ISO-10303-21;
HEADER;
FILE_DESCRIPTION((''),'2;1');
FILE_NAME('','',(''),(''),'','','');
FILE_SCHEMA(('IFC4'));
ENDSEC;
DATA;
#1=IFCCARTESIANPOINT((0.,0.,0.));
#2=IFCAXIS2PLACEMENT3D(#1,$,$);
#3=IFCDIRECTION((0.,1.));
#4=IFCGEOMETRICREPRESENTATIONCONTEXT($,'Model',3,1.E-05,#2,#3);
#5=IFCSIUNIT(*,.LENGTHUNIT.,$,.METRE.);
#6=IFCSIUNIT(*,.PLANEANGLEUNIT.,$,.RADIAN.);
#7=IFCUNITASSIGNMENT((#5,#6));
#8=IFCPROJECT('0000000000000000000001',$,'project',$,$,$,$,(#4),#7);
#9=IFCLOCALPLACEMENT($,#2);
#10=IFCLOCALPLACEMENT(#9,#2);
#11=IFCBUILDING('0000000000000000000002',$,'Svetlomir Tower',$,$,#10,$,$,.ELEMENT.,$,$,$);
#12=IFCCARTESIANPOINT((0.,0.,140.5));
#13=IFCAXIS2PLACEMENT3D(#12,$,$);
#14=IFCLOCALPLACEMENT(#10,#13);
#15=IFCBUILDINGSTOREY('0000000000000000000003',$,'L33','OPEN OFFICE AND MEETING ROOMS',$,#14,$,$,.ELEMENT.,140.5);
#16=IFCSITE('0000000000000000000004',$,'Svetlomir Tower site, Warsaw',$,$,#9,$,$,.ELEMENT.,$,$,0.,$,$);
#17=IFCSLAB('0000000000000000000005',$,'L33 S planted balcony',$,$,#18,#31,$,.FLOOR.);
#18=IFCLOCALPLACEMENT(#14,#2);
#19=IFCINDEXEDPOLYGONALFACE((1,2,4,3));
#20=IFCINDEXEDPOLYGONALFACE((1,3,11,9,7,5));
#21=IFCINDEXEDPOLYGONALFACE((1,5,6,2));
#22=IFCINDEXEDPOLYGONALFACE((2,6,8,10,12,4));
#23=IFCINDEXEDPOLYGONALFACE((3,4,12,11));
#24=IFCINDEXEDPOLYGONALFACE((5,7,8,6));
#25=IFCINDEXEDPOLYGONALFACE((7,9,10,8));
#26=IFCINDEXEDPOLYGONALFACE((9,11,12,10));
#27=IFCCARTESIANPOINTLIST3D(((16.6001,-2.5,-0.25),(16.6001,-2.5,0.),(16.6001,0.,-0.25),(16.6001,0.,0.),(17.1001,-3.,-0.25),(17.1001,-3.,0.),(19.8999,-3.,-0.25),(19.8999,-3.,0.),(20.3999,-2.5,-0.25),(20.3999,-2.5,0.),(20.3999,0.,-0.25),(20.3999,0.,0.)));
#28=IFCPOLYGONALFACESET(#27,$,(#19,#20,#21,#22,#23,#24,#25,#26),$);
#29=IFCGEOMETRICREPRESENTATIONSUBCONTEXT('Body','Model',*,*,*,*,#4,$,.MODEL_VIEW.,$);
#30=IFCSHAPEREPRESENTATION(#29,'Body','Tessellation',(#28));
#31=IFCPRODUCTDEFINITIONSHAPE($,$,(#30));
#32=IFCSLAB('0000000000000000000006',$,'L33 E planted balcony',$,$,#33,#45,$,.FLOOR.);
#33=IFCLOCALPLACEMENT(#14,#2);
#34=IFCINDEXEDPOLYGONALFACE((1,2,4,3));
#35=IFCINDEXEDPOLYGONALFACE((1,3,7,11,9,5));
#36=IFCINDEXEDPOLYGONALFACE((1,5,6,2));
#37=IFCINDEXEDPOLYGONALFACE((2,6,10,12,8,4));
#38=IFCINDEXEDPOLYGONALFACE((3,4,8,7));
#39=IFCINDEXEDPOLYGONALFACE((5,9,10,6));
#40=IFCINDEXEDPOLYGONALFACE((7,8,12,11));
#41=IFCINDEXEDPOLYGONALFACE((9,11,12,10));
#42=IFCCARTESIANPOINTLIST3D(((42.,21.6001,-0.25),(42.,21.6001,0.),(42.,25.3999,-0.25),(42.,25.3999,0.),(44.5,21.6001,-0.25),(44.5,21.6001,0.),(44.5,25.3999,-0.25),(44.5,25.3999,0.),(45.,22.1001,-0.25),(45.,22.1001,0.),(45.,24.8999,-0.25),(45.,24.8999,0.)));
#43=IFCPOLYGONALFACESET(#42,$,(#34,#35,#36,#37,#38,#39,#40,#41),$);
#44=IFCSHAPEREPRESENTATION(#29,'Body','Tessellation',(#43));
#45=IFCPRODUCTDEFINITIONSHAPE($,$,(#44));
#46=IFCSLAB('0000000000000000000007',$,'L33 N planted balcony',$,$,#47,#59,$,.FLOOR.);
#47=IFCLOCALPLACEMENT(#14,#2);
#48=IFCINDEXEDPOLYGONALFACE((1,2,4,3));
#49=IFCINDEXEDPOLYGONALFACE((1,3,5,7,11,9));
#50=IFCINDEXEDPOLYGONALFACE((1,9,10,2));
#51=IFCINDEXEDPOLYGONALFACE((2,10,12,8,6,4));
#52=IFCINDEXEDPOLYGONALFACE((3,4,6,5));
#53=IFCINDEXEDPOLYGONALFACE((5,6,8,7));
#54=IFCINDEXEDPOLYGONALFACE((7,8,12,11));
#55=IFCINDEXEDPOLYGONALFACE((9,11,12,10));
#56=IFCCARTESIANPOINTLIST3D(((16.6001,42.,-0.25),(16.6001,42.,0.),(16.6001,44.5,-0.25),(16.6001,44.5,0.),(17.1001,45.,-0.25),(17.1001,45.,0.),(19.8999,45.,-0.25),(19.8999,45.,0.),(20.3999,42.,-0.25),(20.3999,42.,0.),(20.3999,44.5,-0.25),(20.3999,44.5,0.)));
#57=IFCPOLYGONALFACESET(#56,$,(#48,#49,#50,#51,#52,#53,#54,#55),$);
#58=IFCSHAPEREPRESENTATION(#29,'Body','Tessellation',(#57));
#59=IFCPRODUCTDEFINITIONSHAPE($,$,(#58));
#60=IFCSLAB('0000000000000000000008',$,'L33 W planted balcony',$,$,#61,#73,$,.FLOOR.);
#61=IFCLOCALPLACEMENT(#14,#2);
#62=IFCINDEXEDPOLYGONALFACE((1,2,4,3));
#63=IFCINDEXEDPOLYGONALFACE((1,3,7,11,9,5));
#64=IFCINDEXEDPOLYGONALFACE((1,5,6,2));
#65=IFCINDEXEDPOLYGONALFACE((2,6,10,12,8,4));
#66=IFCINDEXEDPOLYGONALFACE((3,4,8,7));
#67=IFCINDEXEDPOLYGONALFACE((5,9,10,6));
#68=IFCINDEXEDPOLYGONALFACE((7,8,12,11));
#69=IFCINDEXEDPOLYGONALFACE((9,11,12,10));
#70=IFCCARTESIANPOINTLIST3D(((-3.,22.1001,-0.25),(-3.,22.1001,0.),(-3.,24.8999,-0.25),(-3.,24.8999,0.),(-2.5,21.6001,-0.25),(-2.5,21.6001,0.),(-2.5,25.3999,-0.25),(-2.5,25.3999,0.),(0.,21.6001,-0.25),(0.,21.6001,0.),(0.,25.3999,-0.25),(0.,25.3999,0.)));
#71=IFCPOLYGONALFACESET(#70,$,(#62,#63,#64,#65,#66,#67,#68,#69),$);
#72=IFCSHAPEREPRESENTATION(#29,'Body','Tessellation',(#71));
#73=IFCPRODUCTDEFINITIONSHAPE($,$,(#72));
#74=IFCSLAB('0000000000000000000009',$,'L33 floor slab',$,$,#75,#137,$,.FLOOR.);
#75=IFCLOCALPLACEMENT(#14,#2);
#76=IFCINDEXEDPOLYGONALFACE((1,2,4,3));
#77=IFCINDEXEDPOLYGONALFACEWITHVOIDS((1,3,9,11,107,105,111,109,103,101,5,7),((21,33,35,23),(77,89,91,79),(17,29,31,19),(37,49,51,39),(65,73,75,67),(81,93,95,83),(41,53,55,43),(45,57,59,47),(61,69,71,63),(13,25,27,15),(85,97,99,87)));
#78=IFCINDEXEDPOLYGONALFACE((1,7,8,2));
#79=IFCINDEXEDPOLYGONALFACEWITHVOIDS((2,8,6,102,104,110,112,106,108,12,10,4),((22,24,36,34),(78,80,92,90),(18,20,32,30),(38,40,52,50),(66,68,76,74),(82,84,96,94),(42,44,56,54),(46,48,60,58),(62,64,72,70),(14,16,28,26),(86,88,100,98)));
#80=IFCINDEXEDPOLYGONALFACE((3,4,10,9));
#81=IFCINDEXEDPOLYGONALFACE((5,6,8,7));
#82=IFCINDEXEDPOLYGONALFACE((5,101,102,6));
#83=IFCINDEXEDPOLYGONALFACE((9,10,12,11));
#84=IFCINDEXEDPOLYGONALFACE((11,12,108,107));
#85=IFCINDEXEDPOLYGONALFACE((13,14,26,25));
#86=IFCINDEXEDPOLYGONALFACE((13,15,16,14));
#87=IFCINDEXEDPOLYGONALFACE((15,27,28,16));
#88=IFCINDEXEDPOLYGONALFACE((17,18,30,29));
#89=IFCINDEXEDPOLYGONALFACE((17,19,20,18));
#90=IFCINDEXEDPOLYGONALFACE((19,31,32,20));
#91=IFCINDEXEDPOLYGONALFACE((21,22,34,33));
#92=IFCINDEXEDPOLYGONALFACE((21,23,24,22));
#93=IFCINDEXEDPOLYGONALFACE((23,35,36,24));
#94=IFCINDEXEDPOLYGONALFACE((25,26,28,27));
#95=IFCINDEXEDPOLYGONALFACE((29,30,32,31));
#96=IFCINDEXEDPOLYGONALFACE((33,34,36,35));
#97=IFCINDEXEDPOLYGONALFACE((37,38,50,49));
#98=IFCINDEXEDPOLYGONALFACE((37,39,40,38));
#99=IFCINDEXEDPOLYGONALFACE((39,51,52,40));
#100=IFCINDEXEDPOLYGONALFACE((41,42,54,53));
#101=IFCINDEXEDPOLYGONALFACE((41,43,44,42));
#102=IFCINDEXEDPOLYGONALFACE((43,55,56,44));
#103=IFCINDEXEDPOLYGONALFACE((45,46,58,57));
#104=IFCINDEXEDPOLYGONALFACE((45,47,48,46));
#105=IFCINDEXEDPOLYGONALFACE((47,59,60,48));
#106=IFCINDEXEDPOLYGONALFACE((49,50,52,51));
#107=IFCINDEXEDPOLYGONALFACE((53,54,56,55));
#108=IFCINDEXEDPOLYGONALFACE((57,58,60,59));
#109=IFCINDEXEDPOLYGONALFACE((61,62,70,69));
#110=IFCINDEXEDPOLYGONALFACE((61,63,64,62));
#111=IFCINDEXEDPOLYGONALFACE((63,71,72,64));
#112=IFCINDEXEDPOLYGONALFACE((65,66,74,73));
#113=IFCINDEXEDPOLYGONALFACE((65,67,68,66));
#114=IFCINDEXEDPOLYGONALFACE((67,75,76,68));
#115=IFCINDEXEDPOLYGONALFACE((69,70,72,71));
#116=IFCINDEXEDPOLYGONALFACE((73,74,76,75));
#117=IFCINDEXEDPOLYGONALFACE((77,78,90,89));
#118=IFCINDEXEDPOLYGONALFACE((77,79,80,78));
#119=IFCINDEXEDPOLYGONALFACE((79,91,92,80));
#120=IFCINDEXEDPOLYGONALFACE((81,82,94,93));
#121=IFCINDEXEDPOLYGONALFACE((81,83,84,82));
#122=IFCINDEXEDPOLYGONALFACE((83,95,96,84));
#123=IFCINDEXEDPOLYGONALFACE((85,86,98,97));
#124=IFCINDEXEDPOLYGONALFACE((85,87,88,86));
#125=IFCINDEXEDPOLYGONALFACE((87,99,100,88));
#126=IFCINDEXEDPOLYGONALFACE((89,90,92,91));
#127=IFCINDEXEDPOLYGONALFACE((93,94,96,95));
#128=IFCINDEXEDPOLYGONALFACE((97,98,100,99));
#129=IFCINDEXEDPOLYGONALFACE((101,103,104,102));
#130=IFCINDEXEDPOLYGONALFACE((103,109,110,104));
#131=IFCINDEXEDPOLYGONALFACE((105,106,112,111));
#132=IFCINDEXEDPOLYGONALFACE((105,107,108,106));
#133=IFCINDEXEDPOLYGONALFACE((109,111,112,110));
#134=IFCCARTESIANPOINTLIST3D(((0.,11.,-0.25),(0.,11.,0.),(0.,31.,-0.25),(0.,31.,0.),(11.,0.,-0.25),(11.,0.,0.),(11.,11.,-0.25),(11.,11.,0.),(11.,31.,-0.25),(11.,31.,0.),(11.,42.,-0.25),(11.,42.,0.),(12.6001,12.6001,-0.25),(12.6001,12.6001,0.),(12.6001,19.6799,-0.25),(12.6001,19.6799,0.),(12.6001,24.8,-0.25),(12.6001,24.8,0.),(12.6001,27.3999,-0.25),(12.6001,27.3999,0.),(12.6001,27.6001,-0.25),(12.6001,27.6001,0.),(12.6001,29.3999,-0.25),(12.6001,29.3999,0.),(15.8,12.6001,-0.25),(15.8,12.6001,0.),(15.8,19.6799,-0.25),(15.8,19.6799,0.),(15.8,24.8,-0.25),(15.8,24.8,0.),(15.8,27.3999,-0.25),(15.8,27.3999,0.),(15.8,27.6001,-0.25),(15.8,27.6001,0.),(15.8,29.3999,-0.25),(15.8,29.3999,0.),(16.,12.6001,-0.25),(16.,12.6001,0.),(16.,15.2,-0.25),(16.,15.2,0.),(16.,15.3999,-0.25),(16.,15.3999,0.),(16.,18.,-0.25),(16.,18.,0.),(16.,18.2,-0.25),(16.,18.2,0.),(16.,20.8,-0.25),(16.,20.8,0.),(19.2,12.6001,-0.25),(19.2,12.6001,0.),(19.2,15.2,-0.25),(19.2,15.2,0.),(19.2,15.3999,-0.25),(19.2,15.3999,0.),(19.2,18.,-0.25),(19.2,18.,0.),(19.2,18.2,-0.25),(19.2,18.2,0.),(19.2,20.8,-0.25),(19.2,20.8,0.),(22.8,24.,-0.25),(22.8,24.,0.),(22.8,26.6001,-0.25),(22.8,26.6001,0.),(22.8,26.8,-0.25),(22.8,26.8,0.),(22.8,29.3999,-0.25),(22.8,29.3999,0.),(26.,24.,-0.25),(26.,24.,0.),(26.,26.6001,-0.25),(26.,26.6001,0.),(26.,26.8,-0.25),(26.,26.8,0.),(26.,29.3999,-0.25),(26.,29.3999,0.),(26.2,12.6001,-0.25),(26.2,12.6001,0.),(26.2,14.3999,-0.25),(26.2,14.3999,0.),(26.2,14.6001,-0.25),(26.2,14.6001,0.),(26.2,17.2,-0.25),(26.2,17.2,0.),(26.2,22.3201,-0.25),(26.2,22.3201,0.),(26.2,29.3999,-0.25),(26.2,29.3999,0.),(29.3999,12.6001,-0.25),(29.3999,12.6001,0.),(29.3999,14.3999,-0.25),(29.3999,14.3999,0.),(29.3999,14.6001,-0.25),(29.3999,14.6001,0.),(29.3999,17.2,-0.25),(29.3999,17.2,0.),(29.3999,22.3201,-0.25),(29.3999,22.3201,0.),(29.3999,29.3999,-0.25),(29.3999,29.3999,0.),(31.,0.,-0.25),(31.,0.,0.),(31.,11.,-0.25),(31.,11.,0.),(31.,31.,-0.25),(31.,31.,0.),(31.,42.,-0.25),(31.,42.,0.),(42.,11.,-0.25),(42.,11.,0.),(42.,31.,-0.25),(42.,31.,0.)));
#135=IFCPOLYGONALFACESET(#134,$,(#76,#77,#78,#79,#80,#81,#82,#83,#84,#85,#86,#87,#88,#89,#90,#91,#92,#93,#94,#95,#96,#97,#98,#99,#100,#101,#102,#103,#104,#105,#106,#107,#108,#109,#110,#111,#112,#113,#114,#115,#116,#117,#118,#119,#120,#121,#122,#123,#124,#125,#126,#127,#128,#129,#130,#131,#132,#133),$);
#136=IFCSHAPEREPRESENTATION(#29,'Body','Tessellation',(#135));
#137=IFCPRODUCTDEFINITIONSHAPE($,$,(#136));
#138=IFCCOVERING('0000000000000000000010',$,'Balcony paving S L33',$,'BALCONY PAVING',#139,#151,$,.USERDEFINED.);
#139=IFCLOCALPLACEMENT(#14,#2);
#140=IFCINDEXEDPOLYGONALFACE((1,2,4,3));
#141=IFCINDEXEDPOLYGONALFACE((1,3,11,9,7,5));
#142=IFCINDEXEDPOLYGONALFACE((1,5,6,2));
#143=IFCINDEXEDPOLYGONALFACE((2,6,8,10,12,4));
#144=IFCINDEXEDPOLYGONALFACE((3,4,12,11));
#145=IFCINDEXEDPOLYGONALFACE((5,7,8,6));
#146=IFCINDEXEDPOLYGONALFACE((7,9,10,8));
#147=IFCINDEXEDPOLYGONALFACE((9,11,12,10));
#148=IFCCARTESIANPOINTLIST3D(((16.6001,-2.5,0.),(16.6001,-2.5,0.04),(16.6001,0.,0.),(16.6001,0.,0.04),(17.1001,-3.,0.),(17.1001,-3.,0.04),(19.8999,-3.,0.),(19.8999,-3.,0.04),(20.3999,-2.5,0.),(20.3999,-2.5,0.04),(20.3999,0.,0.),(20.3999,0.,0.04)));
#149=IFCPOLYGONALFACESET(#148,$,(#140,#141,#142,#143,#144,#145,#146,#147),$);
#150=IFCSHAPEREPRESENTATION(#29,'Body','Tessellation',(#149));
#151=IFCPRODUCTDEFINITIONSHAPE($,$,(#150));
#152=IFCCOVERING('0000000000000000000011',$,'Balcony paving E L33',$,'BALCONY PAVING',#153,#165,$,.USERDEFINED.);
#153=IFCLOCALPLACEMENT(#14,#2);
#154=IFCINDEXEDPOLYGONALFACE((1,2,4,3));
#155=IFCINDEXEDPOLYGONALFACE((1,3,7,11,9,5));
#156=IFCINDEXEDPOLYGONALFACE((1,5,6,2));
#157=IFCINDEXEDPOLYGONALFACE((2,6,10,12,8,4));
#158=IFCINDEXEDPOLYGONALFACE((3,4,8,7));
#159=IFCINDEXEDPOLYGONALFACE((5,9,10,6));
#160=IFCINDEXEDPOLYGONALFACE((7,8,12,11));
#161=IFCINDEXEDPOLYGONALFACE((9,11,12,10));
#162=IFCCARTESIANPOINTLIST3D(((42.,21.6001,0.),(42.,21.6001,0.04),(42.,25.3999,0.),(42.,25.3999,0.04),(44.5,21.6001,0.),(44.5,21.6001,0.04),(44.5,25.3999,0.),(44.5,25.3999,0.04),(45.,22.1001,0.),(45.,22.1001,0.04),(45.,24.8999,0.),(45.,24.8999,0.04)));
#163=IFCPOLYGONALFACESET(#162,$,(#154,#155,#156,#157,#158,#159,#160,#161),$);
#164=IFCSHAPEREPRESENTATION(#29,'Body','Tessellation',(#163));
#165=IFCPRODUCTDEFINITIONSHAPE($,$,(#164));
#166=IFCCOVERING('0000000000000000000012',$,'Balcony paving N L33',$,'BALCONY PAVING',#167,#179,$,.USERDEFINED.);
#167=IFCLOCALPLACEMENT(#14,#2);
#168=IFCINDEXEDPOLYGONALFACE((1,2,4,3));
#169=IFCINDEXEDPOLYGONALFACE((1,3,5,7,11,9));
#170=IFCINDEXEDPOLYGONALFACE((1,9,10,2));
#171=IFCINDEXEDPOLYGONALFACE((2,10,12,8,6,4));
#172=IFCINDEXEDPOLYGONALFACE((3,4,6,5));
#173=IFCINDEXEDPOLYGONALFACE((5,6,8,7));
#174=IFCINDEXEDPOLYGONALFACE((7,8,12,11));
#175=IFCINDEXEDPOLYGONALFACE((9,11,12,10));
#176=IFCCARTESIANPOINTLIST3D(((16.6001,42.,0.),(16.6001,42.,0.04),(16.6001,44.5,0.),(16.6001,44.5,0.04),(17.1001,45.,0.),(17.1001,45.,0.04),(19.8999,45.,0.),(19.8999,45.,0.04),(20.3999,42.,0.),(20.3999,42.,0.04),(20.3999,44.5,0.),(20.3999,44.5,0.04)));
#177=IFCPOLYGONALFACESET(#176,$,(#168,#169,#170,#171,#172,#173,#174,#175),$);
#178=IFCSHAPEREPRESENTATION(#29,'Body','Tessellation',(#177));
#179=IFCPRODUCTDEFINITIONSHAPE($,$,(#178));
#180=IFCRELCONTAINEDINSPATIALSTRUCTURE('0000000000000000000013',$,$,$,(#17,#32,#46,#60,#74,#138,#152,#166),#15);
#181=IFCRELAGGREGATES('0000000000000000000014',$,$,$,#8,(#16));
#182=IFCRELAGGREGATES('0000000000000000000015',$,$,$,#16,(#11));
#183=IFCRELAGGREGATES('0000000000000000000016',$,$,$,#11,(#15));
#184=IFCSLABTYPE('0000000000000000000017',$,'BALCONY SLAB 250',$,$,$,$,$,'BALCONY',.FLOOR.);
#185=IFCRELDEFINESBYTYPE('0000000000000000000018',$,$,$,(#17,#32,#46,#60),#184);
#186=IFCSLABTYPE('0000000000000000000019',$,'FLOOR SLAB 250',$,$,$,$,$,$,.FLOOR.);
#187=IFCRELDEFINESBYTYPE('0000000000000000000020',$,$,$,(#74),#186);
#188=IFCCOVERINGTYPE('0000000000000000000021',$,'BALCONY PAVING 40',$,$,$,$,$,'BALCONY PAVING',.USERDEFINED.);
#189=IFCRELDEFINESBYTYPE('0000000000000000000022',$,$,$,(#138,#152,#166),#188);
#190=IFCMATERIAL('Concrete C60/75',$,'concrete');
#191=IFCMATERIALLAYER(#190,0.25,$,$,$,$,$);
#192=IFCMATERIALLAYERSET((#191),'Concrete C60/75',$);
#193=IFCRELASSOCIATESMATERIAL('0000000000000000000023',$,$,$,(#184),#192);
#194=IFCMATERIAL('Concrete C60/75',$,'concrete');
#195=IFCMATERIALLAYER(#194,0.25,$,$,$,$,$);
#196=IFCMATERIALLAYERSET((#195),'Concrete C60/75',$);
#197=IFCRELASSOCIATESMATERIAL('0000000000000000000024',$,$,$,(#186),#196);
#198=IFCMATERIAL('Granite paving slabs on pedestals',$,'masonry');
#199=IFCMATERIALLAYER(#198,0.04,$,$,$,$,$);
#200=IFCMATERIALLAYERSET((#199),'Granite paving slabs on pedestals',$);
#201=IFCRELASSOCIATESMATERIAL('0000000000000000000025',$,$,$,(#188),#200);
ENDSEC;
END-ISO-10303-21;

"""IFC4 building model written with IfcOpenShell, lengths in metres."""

from ifc_helpers import new_model, si_unit, direction, frame, origin, place, context, subcontext, project, spatial, polyline, outline, extrude, material, layer, layer_set, type_object, element, save


model = new_model("IFC4")

# Units and contexts
model_context = context("Model", 3, precision=1e-05, world=origin(), true_north=direction((0.0, 1.0)))
body_context = subcontext(model_context, "Body", "Model", "MODEL_VIEW")
ifc_project = project(units=[si_unit("LENGTHUNIT", "METRE"), si_unit("PLANEANGLEUNIT", "RADIAN")], contexts=[model_context])

# Site, building, storey
site_placement = place(None, origin())
site = spatial("IfcSite", under=ifc_project, at=site_placement, Name="Svetlomir Tower site, Warsaw", CompositionType="ELEMENT", RefElevation=0.0)
building_placement = place(site_placement, origin())
building = spatial("IfcBuilding", under=site, at=building_placement, Name="Svetlomir Tower", CompositionType="ELEMENT")
storey_placement = place(building_placement, frame((0.0, 0.0, 140.5)))
storey = spatial("IfcBuildingStorey", under=building, at=storey_placement, Name="L33", Description="OPEN OFFICE AND MEETING ROOMS", CompositionType="ELEMENT", Elevation=140.5)

# Slabs
ifc_material_1 = material(Name="Concrete C60/75", Category="concrete")
ifc_layer_1 = layer(ifc_material_1, 0.25)
ifc_layer_set_1 = layer_set([ifc_layer_1], Name="Concrete C60/75")
slab_type_1 = type_object("IfcSlabType", Name="BALCONY SLAB 250", ElementType="BALCONY", PredefinedType="FLOOR", material=ifc_layer_set_1)
slab_1_placement = place(storey_placement, frame((0.0, 0.0, -0.25)))
element("IfcSlab", 1, at=slab_1_placement, inside=storey, type_object=slab_type_1, Name="L33 S planted balcony", PredefinedType="FLOOR", context=body_context, shape_type="SweptSolid", body=[
    extrude(outline(polyline([(16.6001, -2.5), (17.1001, -3.0), (19.8999, -3.0), (20.3999, -2.5), (20.3999, 0.0), (16.6001, 0.0), (16.6001, -2.5)])), origin(), (0.0, 0.0, 1.0), 0.25),
])
slab_2_placement = place(storey_placement, frame((0.0, 0.0, -0.25)))
element("IfcSlab", 2, at=slab_2_placement, inside=storey, type_object=slab_type_1, Name="L33 E planted balcony", PredefinedType="FLOOR", context=body_context, shape_type="SweptSolid", body=[
    extrude(outline(polyline([(42.0, 21.6001), (44.5, 21.6001), (45.0, 22.1001), (45.0, 24.8999), (44.5, 25.3999), (42.0, 25.3999), (42.0, 21.6001)])), origin(), (0.0, 0.0, 1.0), 0.25),
])
slab_3_placement = place(storey_placement, frame((0.0, 0.0, -0.25)))
element("IfcSlab", 3, at=slab_3_placement, inside=storey, type_object=slab_type_1, Name="L33 N planted balcony", PredefinedType="FLOOR", context=body_context, shape_type="SweptSolid", body=[
    extrude(outline(polyline([(16.6001, 42.0), (20.3999, 42.0), (20.3999, 44.5), (19.8999, 45.0), (17.1001, 45.0), (16.6001, 44.5), (16.6001, 42.0)])), origin(), (0.0, 0.0, 1.0), 0.25),
])
slab_4_placement = place(storey_placement, frame((0.0, 0.0, -0.25)))
element("IfcSlab", 4, at=slab_4_placement, inside=storey, type_object=slab_type_1, Name="L33 W planted balcony", PredefinedType="FLOOR", context=body_context, shape_type="SweptSolid", body=[
    extrude(outline(polyline([(-2.5, 21.6001), (0.0, 21.6001), (0.0, 25.3999), (-2.5, 25.3999), (-3.0, 24.8999), (-3.0, 22.1001), (-2.5, 21.6001)])), origin(), (0.0, 0.0, 1.0), 0.25),
])
ifc_material_2 = material(Name="Concrete C60/75", Category="concrete")
ifc_layer_2 = layer(ifc_material_2, 0.25)
ifc_layer_set_2 = layer_set([ifc_layer_2], Name="Concrete C60/75")
slab_type_2 = type_object("IfcSlabType", Name="FLOOR SLAB 250", PredefinedType="FLOOR", material=ifc_layer_set_2)
slab_5_placement = place(storey_placement, frame((0.0, 0.0, -0.25)))
element("IfcSlab", 5, at=slab_5_placement, inside=storey, type_object=slab_type_2, Name="L33 floor slab", PredefinedType="FLOOR", context=body_context, shape_type="SweptSolid", body=[
    extrude(outline(polyline([(11.0, 0.0), (31.0, 0.0), (31.0, 11.0), (42.0, 11.0), (42.0, 31.0), (31.0, 31.0), (31.0, 42.0), (11.0, 42.0), (11.0, 31.0), (0.0, 31.0), (0.0, 11.0), (11.0, 11.0), (11.0, 0.0)]), holes=[polyline([(12.6001, 24.8), (15.8, 24.8), (15.8, 27.3999), (12.6001, 27.3999), (12.6001, 24.8)]), polyline([(26.2, 14.6001), (29.3999, 14.6001), (29.3999, 17.2), (26.2, 17.2), (26.2, 14.6001)]), polyline([(16.0, 12.6001), (19.2, 12.6001), (19.2, 15.2), (16.0, 15.2), (16.0, 12.6001)]), polyline([(16.0, 15.3999), (19.2, 15.3999), (19.2, 18.0), (16.0, 18.0), (16.0, 15.3999)]), polyline([(16.0, 18.2), (19.2, 18.2), (19.2, 20.8), (16.0, 20.8), (16.0, 18.2)]), polyline([(22.8, 24.0), (26.0, 24.0), (26.0, 26.6001), (22.8, 26.6001), (22.8, 24.0)]), polyline([(22.8, 26.8), (26.0, 26.8), (26.0, 29.3999), (22.8, 29.3999), (22.8, 26.8)]), polyline([(12.6001, 27.6001), (15.8, 27.6001), (15.8, 29.3999), (12.6001, 29.3999), (12.6001, 27.6001)]), polyline([(26.2, 12.6001), (29.3999, 12.6001), (29.3999, 14.3999), (26.2, 14.3999), (26.2, 12.6001)]), polyline([(12.6001, 12.6001), (15.8, 12.6001), (15.8, 19.6799), (12.6001, 19.6799), (12.6001, 12.6001)]), polyline([(26.2, 22.3201), (29.3999, 22.3201), (29.3999, 29.3999), (26.2, 29.3999), (26.2, 22.3201)])]), origin(), (0.0, 0.0, 1.0), 0.25),
])

# Coverings
ifc_material_3 = material(Name="Granite paving slabs on pedestals", Category="masonry")
ifc_layer_3 = layer(ifc_material_3, 0.04)
ifc_layer_set_3 = layer_set([ifc_layer_3], Name="Granite paving slabs on pedestals")
covering_type_1 = type_object("IfcCoveringType", Name="BALCONY PAVING 40", ElementType="BALCONY PAVING", PredefinedType="USERDEFINED", material=ifc_layer_set_3)
covering_1_placement = place(storey_placement, origin())
element("IfcCovering", 6, at=covering_1_placement, inside=storey, type_object=covering_type_1, Name="Balcony paving S L33", ObjectType="BALCONY PAVING", PredefinedType="USERDEFINED", context=body_context, shape_type="SweptSolid", body=[
    extrude(outline(polyline([(16.6001, -2.5), (17.1001, -3.0), (19.8999, -3.0), (20.3999, -2.5), (20.3999, 0.0), (16.6001, 0.0), (16.6001, -2.5)])), origin(), (0.0, 0.0, 1.0), 0.04),
])
covering_2_placement = place(storey_placement, origin())
element("IfcCovering", 7, at=covering_2_placement, inside=storey, type_object=covering_type_1, Name="Balcony paving E L33", ObjectType="BALCONY PAVING", PredefinedType="USERDEFINED", context=body_context, shape_type="SweptSolid", body=[
    extrude(outline(polyline([(42.0, 21.6001), (44.5, 21.6001), (45.0, 22.1001), (45.0, 24.8999), (44.5, 25.3999), (42.0, 25.3999), (42.0, 21.6001)])), origin(), (0.0, 0.0, 1.0), 0.04),
])
covering_3_placement = place(storey_placement, origin())
element("IfcCovering", 8, at=covering_3_placement, inside=storey, type_object=covering_type_1, Name="Balcony paving N L33", ObjectType="BALCONY PAVING", PredefinedType="USERDEFINED", context=body_context, shape_type="SweptSolid", body=[
    extrude(outline(polyline([(16.6001, 42.0), (20.3999, 42.0), (20.3999, 44.5), (19.8999, 45.0), (17.1001, 45.0), (16.6001, 44.5), (16.6001, 42.0)])), origin(), (0.0, 0.0, 1.0), 0.04),
])

save(model, "model.ifc")
